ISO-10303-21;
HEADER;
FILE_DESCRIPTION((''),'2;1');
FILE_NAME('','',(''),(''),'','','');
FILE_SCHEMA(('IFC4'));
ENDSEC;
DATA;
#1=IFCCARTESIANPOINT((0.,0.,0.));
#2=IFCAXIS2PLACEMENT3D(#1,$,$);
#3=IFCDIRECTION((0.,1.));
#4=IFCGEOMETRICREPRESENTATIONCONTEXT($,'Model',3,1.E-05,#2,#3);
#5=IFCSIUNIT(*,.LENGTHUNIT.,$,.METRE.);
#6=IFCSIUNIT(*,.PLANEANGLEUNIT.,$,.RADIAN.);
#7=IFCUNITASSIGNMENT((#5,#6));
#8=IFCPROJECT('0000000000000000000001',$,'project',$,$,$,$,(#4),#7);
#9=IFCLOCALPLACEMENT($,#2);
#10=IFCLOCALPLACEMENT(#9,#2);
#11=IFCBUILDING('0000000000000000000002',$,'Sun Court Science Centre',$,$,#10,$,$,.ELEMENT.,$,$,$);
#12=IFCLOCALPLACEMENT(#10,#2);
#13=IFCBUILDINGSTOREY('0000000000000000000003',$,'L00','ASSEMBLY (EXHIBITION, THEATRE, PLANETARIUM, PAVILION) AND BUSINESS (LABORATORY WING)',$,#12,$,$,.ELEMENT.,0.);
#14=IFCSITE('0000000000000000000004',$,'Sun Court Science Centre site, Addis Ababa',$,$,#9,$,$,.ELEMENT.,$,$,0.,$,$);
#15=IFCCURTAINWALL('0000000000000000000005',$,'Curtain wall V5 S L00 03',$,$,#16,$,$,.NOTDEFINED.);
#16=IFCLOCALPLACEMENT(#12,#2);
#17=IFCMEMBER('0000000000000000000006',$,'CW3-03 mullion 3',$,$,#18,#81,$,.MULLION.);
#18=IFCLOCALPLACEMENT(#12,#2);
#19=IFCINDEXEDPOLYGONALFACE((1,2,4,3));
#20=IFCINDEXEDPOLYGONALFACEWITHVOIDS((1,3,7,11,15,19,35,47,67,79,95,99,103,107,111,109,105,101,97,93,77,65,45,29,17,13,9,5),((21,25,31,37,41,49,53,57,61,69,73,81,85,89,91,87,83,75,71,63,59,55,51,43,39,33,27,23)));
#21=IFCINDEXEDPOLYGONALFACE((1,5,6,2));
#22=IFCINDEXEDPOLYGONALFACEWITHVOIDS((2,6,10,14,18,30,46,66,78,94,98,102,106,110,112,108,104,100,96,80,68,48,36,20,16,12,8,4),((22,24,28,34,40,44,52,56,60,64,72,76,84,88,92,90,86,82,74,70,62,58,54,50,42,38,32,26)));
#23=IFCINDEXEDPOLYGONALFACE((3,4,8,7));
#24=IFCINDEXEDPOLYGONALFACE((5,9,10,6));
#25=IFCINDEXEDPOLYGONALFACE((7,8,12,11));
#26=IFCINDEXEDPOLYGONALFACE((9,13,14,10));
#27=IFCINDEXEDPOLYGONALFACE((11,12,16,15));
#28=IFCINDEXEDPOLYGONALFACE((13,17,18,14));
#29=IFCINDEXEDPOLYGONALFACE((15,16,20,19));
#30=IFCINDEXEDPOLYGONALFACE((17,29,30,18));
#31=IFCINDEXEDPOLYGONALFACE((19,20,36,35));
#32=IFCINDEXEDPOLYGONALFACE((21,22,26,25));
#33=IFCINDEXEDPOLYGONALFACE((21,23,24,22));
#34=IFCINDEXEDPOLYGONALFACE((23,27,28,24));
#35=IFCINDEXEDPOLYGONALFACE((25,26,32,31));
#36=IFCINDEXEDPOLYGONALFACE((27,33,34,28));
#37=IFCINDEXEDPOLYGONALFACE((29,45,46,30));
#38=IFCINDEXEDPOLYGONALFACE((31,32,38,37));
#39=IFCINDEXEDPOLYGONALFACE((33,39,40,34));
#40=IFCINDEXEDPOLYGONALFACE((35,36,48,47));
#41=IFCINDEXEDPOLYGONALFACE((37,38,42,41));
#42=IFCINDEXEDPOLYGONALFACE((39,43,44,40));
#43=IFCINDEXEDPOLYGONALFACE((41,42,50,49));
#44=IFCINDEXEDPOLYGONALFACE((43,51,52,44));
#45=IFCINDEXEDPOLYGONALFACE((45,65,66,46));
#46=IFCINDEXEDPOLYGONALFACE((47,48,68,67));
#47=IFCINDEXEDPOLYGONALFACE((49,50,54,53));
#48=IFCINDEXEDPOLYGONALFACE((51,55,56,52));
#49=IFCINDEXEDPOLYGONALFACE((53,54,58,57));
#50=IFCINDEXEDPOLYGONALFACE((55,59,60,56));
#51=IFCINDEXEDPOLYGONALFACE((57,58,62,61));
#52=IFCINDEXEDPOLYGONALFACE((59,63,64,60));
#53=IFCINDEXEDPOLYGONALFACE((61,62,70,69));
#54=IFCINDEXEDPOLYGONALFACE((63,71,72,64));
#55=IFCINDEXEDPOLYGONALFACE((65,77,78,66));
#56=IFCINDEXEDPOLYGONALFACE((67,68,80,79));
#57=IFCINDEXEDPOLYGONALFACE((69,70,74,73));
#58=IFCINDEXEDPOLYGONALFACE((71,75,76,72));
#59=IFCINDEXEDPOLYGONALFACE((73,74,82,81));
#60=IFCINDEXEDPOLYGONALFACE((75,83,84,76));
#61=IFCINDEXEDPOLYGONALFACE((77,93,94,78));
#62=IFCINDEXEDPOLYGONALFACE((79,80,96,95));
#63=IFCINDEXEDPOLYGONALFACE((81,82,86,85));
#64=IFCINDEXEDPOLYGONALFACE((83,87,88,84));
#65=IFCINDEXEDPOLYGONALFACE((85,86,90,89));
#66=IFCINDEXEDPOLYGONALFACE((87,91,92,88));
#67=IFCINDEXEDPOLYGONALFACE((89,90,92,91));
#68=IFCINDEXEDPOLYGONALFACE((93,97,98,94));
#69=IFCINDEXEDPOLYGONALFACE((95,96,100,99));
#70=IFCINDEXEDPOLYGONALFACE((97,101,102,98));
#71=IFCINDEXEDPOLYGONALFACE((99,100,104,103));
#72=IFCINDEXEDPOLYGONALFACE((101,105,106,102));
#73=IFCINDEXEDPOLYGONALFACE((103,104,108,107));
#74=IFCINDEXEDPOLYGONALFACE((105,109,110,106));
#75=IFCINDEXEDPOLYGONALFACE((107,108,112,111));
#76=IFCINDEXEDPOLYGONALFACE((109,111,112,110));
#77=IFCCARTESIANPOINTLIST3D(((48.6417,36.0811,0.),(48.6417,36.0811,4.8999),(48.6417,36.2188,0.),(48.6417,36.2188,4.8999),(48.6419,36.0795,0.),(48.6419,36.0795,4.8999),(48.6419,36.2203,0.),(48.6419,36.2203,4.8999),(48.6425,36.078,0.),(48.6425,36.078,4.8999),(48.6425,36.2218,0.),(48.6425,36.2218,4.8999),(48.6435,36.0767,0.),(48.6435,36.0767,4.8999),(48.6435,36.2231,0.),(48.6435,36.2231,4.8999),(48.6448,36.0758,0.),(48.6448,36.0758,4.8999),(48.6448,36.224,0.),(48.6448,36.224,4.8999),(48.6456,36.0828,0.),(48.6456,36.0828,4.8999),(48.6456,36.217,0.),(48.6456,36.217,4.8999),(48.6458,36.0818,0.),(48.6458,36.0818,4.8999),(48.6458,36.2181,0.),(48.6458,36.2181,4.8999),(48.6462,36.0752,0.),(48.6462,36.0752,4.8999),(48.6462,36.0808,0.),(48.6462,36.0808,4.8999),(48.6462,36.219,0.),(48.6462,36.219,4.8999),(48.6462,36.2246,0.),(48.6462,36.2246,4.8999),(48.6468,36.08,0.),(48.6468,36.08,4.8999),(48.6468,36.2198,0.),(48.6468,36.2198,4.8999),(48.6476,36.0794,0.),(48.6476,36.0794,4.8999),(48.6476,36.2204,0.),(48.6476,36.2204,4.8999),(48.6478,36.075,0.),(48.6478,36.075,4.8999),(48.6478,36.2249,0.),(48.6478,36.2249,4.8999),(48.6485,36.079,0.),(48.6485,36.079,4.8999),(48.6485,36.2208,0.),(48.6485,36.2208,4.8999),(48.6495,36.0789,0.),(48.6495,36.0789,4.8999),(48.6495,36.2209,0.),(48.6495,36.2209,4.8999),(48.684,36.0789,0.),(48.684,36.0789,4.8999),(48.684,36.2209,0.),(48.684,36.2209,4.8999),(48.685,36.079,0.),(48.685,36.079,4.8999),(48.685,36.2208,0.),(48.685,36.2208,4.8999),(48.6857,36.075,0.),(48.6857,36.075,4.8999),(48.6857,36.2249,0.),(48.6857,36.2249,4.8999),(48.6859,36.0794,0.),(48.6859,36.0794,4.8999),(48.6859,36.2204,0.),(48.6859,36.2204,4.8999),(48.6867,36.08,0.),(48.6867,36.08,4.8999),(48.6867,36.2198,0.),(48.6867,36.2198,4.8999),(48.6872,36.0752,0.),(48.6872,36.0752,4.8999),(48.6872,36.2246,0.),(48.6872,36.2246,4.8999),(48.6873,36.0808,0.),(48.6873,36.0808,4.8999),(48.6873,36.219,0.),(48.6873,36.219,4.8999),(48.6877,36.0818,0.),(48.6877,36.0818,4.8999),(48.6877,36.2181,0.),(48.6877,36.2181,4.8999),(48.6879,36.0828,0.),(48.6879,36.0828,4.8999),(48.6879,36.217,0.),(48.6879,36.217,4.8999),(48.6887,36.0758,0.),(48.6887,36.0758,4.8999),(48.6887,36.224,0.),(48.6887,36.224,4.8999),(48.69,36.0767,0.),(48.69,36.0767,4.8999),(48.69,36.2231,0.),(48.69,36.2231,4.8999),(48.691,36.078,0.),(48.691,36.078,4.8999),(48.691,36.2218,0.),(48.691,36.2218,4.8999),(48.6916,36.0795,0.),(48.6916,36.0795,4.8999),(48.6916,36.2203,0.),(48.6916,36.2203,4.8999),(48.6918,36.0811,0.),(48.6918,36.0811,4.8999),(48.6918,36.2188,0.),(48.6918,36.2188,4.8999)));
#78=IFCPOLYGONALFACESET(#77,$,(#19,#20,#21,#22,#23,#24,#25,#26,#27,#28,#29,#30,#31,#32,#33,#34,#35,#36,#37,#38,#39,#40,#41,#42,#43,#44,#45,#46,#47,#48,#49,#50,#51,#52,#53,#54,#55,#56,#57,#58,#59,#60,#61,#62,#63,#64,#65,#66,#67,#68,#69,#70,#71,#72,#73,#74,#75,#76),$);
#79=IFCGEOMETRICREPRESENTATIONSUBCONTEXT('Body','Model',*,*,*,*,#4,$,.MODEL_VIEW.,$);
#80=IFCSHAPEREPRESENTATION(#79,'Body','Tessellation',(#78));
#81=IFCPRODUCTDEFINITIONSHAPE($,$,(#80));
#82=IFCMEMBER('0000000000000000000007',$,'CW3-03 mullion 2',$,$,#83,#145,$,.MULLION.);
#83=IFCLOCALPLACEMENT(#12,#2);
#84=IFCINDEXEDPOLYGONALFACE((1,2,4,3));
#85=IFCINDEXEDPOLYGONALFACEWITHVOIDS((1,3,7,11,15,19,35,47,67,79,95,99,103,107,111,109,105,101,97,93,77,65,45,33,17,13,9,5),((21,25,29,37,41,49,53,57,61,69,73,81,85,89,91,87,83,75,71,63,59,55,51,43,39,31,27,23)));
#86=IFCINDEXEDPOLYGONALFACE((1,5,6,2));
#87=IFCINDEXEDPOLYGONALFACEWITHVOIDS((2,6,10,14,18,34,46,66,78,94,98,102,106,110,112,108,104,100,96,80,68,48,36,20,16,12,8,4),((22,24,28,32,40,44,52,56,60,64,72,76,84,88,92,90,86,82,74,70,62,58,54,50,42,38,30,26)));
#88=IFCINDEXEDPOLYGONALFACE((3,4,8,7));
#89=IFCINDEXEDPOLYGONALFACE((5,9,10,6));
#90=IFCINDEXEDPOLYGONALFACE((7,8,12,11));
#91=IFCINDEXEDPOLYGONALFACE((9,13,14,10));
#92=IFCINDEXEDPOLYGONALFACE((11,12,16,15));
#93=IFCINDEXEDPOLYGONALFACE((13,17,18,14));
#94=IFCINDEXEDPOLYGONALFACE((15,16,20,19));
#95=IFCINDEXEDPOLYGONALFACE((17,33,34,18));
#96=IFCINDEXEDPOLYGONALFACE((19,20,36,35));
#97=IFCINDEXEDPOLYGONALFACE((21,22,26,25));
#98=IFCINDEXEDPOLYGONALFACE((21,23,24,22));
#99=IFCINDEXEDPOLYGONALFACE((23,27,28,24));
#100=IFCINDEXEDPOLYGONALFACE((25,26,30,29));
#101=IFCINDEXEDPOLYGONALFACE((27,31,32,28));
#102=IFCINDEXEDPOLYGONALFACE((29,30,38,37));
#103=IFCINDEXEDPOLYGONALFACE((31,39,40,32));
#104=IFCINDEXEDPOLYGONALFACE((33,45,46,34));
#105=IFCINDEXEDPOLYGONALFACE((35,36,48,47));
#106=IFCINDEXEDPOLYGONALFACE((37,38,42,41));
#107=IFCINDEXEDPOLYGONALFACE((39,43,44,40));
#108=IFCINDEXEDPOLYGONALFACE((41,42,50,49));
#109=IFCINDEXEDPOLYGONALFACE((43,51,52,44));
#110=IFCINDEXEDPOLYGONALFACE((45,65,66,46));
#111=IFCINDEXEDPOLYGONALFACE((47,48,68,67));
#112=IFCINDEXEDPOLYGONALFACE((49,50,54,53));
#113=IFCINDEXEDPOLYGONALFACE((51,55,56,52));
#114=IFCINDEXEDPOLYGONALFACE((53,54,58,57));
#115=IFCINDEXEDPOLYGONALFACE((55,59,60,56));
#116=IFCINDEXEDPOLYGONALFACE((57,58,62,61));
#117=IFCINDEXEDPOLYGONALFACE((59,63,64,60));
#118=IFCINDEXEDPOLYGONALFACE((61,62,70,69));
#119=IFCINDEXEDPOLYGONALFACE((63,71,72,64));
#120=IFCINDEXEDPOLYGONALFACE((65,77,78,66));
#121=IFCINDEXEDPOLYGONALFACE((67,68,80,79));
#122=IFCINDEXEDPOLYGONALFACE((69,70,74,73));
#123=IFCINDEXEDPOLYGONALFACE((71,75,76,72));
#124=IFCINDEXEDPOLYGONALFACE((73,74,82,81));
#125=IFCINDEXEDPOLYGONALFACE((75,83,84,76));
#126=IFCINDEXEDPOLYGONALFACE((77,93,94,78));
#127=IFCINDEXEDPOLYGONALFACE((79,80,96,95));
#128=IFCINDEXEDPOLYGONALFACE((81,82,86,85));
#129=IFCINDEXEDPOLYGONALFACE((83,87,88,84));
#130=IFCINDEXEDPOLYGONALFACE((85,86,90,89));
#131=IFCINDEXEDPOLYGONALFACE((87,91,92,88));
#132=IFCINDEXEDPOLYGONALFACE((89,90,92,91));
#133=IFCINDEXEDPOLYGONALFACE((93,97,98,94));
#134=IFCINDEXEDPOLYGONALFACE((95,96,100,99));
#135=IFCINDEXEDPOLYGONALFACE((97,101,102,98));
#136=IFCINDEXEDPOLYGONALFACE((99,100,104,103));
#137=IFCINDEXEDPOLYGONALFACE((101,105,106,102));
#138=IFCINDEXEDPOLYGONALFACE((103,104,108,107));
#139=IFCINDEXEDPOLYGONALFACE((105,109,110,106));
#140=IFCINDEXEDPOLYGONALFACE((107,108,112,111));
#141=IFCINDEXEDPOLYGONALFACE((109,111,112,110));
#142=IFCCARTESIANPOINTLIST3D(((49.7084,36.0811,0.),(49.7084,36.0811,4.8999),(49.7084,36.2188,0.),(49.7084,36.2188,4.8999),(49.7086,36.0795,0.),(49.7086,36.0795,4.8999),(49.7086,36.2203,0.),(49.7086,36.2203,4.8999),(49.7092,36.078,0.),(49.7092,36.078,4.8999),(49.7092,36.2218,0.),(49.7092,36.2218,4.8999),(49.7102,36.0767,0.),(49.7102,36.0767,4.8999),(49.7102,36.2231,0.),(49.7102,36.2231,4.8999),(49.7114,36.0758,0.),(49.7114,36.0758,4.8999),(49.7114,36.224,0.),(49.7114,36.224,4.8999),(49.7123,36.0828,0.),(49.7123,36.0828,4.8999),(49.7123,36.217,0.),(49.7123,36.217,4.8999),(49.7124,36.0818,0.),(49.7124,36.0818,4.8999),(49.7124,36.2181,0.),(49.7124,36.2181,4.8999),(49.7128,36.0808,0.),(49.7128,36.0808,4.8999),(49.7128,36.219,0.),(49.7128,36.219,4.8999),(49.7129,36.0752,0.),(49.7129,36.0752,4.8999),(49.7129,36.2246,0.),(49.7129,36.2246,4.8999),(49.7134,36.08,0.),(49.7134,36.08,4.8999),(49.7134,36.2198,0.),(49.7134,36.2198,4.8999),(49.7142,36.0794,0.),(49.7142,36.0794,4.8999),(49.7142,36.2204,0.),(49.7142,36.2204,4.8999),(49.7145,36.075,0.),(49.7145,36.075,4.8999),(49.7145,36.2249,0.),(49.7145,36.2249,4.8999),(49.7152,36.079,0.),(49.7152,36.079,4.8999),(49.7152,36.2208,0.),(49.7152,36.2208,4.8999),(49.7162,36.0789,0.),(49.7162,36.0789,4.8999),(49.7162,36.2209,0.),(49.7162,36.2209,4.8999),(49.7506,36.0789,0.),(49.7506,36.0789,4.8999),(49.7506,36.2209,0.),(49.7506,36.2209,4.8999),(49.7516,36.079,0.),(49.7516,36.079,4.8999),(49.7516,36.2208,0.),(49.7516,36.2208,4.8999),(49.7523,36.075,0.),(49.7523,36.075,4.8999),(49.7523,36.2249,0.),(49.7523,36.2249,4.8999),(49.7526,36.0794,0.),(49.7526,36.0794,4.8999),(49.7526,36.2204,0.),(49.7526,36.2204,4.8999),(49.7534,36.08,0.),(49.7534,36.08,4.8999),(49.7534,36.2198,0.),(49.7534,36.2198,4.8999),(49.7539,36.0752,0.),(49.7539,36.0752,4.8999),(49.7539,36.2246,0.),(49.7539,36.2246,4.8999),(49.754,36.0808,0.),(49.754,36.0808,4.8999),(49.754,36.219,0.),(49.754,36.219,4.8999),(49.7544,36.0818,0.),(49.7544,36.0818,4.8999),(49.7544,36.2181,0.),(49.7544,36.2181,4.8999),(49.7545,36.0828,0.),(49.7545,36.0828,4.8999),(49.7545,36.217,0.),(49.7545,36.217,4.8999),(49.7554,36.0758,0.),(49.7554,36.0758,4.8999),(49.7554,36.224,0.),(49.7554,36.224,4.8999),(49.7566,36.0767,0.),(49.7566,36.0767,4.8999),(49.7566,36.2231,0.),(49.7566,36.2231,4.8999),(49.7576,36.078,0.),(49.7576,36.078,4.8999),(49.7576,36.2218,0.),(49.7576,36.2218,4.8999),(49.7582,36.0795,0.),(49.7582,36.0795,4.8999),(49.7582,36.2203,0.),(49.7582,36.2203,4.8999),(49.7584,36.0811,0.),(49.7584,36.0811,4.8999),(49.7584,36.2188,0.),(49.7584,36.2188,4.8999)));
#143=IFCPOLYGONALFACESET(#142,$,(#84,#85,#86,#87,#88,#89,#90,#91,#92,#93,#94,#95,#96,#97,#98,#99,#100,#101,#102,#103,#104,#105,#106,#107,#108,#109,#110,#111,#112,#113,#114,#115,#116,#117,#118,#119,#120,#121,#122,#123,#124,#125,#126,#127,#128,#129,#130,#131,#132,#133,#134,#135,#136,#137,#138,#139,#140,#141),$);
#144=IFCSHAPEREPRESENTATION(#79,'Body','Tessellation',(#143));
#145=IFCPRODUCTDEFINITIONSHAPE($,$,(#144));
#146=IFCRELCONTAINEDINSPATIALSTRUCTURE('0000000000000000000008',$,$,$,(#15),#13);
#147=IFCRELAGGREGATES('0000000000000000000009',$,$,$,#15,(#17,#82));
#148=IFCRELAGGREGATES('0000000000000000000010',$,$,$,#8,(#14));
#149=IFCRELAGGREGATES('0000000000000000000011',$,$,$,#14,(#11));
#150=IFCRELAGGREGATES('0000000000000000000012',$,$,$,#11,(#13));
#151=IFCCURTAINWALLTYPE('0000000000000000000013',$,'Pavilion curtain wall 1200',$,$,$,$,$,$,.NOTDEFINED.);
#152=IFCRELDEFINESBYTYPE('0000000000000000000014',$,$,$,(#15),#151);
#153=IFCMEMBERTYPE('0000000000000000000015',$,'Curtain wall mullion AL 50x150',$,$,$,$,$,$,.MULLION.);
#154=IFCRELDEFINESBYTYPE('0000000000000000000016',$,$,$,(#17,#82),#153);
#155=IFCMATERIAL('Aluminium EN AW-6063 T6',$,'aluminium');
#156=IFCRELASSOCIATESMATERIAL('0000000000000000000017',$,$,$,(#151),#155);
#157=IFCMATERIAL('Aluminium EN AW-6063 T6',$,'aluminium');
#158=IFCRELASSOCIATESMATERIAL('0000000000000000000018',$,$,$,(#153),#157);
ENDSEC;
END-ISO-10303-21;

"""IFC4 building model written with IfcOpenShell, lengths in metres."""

from ifc_helpers import new_model, si_unit, direction, frame, origin, origin_2d, place, context, subcontext, project, spatial, hollow_rectangle, extrude, material, material_profile, profile_set, type_object, element, aggregate, save


model = new_model("IFC4")

# Units and contexts
model_context = context("Model", 3, precision=1e-05, world=origin(), true_north=direction((0.0, 1.0)))
body_context = subcontext(model_context, "Body", "Model", "MODEL_VIEW")
ifc_project = project(units=[si_unit("LENGTHUNIT", "METRE"), si_unit("PLANEANGLEUNIT", "RADIAN")], contexts=[model_context])

# Site, building, storey
site_placement = place(None, origin())
site = spatial("IfcSite", under=ifc_project, at=site_placement, Name="Sun Court Science Centre site, Addis Ababa", CompositionType="ELEMENT", RefElevation=0.0)
building_placement = place(site_placement, origin())
building = spatial("IfcBuilding", under=site, at=building_placement, Name="Sun Court Science Centre", CompositionType="ELEMENT")
storey_placement = place(building_placement, origin())
storey = spatial("IfcBuildingStorey", under=building, at=storey_placement, Name="L00", Description="ASSEMBLY (EXHIBITION, THEATRE, PLANETARIUM, PAVILION) AND BUSINESS (LABORATORY WING)", CompositionType="ELEMENT", Elevation=0.0)

# Shared definitions
ifc_material_1 = material(Name="Aluminium EN AW-6063 T6", Category="aluminium")
curtain_wall_type = type_object("IfcCurtainWallType", Name="Pavilion curtain wall 1200", PredefinedType="NOTDEFINED", material=ifc_material_1)
ifc_material_2 = material(Name="Aluminium EN AW-6063 T6", Category="aluminium")
ifc_material_profile_1 = material_profile(ifc_material_2, hollow_rectangle(XDim=0.05, YDim=0.1499, WallThickness=0.0039, InnerFilletRadius=0.0039, OuterFilletRadius=0.0061, at=origin_2d()), Name="AL 50x150x4")
ifc_profile_set_1 = profile_set([ifc_material_profile_1], Name="Aluminium EN AW-6063 T6")
member_type_1 = type_object("IfcMemberType", Name="Curtain wall mullion AL 50x150", PredefinedType="MULLION", material=ifc_profile_set_1)

# Curtain wall, members
curtain_wall_1_placement = place(storey_placement, origin())
curtain_wall_1 = element("IfcCurtainWall", 1, at=curtain_wall_1_placement, inside=storey, type_object=curtain_wall_type, Name="Curtain wall V5 S L00 03", PredefinedType="NOTDEFINED")
member_1_placement = place(storey_placement, frame((48.6667, 36.1499, 0.0), z_axis=(0.0, 0.0, 1.0), x_axis=(-1.0, 0.0, 0.0)))
member_1 = element("IfcMember", 2, at=member_1_placement, type_object=member_type_1, Name="CW3-03 mullion 3", PredefinedType="MULLION", context=body_context, shape_type="SweptSolid", body=[
    extrude(hollow_rectangle(XDim=0.05, YDim=0.1499, WallThickness=0.0039, InnerFilletRadius=0.0039, OuterFilletRadius=0.0061, at=origin_2d()), origin(), (0.0, 0.0, 1.0), 4.8999),
])
member_2_placement = place(storey_placement, frame((49.7334, 36.1499, 0.0), z_axis=(0.0, 0.0, 1.0), x_axis=(-1.0, 0.0, 0.0)))
member_2 = element("IfcMember", 3, at=member_2_placement, type_object=member_type_1, Name="CW3-03 mullion 2", PredefinedType="MULLION", context=body_context, shape_type="SweptSolid", body=[
    extrude(hollow_rectangle(XDim=0.05, YDim=0.1499, WallThickness=0.0039, InnerFilletRadius=0.0039, OuterFilletRadius=0.0061, at=origin_2d()), origin(), (0.0, 0.0, 1.0), 4.8999),
])

aggregate(curtain_wall_1, [member_1, member_2])

save(model, "model.ifc")
